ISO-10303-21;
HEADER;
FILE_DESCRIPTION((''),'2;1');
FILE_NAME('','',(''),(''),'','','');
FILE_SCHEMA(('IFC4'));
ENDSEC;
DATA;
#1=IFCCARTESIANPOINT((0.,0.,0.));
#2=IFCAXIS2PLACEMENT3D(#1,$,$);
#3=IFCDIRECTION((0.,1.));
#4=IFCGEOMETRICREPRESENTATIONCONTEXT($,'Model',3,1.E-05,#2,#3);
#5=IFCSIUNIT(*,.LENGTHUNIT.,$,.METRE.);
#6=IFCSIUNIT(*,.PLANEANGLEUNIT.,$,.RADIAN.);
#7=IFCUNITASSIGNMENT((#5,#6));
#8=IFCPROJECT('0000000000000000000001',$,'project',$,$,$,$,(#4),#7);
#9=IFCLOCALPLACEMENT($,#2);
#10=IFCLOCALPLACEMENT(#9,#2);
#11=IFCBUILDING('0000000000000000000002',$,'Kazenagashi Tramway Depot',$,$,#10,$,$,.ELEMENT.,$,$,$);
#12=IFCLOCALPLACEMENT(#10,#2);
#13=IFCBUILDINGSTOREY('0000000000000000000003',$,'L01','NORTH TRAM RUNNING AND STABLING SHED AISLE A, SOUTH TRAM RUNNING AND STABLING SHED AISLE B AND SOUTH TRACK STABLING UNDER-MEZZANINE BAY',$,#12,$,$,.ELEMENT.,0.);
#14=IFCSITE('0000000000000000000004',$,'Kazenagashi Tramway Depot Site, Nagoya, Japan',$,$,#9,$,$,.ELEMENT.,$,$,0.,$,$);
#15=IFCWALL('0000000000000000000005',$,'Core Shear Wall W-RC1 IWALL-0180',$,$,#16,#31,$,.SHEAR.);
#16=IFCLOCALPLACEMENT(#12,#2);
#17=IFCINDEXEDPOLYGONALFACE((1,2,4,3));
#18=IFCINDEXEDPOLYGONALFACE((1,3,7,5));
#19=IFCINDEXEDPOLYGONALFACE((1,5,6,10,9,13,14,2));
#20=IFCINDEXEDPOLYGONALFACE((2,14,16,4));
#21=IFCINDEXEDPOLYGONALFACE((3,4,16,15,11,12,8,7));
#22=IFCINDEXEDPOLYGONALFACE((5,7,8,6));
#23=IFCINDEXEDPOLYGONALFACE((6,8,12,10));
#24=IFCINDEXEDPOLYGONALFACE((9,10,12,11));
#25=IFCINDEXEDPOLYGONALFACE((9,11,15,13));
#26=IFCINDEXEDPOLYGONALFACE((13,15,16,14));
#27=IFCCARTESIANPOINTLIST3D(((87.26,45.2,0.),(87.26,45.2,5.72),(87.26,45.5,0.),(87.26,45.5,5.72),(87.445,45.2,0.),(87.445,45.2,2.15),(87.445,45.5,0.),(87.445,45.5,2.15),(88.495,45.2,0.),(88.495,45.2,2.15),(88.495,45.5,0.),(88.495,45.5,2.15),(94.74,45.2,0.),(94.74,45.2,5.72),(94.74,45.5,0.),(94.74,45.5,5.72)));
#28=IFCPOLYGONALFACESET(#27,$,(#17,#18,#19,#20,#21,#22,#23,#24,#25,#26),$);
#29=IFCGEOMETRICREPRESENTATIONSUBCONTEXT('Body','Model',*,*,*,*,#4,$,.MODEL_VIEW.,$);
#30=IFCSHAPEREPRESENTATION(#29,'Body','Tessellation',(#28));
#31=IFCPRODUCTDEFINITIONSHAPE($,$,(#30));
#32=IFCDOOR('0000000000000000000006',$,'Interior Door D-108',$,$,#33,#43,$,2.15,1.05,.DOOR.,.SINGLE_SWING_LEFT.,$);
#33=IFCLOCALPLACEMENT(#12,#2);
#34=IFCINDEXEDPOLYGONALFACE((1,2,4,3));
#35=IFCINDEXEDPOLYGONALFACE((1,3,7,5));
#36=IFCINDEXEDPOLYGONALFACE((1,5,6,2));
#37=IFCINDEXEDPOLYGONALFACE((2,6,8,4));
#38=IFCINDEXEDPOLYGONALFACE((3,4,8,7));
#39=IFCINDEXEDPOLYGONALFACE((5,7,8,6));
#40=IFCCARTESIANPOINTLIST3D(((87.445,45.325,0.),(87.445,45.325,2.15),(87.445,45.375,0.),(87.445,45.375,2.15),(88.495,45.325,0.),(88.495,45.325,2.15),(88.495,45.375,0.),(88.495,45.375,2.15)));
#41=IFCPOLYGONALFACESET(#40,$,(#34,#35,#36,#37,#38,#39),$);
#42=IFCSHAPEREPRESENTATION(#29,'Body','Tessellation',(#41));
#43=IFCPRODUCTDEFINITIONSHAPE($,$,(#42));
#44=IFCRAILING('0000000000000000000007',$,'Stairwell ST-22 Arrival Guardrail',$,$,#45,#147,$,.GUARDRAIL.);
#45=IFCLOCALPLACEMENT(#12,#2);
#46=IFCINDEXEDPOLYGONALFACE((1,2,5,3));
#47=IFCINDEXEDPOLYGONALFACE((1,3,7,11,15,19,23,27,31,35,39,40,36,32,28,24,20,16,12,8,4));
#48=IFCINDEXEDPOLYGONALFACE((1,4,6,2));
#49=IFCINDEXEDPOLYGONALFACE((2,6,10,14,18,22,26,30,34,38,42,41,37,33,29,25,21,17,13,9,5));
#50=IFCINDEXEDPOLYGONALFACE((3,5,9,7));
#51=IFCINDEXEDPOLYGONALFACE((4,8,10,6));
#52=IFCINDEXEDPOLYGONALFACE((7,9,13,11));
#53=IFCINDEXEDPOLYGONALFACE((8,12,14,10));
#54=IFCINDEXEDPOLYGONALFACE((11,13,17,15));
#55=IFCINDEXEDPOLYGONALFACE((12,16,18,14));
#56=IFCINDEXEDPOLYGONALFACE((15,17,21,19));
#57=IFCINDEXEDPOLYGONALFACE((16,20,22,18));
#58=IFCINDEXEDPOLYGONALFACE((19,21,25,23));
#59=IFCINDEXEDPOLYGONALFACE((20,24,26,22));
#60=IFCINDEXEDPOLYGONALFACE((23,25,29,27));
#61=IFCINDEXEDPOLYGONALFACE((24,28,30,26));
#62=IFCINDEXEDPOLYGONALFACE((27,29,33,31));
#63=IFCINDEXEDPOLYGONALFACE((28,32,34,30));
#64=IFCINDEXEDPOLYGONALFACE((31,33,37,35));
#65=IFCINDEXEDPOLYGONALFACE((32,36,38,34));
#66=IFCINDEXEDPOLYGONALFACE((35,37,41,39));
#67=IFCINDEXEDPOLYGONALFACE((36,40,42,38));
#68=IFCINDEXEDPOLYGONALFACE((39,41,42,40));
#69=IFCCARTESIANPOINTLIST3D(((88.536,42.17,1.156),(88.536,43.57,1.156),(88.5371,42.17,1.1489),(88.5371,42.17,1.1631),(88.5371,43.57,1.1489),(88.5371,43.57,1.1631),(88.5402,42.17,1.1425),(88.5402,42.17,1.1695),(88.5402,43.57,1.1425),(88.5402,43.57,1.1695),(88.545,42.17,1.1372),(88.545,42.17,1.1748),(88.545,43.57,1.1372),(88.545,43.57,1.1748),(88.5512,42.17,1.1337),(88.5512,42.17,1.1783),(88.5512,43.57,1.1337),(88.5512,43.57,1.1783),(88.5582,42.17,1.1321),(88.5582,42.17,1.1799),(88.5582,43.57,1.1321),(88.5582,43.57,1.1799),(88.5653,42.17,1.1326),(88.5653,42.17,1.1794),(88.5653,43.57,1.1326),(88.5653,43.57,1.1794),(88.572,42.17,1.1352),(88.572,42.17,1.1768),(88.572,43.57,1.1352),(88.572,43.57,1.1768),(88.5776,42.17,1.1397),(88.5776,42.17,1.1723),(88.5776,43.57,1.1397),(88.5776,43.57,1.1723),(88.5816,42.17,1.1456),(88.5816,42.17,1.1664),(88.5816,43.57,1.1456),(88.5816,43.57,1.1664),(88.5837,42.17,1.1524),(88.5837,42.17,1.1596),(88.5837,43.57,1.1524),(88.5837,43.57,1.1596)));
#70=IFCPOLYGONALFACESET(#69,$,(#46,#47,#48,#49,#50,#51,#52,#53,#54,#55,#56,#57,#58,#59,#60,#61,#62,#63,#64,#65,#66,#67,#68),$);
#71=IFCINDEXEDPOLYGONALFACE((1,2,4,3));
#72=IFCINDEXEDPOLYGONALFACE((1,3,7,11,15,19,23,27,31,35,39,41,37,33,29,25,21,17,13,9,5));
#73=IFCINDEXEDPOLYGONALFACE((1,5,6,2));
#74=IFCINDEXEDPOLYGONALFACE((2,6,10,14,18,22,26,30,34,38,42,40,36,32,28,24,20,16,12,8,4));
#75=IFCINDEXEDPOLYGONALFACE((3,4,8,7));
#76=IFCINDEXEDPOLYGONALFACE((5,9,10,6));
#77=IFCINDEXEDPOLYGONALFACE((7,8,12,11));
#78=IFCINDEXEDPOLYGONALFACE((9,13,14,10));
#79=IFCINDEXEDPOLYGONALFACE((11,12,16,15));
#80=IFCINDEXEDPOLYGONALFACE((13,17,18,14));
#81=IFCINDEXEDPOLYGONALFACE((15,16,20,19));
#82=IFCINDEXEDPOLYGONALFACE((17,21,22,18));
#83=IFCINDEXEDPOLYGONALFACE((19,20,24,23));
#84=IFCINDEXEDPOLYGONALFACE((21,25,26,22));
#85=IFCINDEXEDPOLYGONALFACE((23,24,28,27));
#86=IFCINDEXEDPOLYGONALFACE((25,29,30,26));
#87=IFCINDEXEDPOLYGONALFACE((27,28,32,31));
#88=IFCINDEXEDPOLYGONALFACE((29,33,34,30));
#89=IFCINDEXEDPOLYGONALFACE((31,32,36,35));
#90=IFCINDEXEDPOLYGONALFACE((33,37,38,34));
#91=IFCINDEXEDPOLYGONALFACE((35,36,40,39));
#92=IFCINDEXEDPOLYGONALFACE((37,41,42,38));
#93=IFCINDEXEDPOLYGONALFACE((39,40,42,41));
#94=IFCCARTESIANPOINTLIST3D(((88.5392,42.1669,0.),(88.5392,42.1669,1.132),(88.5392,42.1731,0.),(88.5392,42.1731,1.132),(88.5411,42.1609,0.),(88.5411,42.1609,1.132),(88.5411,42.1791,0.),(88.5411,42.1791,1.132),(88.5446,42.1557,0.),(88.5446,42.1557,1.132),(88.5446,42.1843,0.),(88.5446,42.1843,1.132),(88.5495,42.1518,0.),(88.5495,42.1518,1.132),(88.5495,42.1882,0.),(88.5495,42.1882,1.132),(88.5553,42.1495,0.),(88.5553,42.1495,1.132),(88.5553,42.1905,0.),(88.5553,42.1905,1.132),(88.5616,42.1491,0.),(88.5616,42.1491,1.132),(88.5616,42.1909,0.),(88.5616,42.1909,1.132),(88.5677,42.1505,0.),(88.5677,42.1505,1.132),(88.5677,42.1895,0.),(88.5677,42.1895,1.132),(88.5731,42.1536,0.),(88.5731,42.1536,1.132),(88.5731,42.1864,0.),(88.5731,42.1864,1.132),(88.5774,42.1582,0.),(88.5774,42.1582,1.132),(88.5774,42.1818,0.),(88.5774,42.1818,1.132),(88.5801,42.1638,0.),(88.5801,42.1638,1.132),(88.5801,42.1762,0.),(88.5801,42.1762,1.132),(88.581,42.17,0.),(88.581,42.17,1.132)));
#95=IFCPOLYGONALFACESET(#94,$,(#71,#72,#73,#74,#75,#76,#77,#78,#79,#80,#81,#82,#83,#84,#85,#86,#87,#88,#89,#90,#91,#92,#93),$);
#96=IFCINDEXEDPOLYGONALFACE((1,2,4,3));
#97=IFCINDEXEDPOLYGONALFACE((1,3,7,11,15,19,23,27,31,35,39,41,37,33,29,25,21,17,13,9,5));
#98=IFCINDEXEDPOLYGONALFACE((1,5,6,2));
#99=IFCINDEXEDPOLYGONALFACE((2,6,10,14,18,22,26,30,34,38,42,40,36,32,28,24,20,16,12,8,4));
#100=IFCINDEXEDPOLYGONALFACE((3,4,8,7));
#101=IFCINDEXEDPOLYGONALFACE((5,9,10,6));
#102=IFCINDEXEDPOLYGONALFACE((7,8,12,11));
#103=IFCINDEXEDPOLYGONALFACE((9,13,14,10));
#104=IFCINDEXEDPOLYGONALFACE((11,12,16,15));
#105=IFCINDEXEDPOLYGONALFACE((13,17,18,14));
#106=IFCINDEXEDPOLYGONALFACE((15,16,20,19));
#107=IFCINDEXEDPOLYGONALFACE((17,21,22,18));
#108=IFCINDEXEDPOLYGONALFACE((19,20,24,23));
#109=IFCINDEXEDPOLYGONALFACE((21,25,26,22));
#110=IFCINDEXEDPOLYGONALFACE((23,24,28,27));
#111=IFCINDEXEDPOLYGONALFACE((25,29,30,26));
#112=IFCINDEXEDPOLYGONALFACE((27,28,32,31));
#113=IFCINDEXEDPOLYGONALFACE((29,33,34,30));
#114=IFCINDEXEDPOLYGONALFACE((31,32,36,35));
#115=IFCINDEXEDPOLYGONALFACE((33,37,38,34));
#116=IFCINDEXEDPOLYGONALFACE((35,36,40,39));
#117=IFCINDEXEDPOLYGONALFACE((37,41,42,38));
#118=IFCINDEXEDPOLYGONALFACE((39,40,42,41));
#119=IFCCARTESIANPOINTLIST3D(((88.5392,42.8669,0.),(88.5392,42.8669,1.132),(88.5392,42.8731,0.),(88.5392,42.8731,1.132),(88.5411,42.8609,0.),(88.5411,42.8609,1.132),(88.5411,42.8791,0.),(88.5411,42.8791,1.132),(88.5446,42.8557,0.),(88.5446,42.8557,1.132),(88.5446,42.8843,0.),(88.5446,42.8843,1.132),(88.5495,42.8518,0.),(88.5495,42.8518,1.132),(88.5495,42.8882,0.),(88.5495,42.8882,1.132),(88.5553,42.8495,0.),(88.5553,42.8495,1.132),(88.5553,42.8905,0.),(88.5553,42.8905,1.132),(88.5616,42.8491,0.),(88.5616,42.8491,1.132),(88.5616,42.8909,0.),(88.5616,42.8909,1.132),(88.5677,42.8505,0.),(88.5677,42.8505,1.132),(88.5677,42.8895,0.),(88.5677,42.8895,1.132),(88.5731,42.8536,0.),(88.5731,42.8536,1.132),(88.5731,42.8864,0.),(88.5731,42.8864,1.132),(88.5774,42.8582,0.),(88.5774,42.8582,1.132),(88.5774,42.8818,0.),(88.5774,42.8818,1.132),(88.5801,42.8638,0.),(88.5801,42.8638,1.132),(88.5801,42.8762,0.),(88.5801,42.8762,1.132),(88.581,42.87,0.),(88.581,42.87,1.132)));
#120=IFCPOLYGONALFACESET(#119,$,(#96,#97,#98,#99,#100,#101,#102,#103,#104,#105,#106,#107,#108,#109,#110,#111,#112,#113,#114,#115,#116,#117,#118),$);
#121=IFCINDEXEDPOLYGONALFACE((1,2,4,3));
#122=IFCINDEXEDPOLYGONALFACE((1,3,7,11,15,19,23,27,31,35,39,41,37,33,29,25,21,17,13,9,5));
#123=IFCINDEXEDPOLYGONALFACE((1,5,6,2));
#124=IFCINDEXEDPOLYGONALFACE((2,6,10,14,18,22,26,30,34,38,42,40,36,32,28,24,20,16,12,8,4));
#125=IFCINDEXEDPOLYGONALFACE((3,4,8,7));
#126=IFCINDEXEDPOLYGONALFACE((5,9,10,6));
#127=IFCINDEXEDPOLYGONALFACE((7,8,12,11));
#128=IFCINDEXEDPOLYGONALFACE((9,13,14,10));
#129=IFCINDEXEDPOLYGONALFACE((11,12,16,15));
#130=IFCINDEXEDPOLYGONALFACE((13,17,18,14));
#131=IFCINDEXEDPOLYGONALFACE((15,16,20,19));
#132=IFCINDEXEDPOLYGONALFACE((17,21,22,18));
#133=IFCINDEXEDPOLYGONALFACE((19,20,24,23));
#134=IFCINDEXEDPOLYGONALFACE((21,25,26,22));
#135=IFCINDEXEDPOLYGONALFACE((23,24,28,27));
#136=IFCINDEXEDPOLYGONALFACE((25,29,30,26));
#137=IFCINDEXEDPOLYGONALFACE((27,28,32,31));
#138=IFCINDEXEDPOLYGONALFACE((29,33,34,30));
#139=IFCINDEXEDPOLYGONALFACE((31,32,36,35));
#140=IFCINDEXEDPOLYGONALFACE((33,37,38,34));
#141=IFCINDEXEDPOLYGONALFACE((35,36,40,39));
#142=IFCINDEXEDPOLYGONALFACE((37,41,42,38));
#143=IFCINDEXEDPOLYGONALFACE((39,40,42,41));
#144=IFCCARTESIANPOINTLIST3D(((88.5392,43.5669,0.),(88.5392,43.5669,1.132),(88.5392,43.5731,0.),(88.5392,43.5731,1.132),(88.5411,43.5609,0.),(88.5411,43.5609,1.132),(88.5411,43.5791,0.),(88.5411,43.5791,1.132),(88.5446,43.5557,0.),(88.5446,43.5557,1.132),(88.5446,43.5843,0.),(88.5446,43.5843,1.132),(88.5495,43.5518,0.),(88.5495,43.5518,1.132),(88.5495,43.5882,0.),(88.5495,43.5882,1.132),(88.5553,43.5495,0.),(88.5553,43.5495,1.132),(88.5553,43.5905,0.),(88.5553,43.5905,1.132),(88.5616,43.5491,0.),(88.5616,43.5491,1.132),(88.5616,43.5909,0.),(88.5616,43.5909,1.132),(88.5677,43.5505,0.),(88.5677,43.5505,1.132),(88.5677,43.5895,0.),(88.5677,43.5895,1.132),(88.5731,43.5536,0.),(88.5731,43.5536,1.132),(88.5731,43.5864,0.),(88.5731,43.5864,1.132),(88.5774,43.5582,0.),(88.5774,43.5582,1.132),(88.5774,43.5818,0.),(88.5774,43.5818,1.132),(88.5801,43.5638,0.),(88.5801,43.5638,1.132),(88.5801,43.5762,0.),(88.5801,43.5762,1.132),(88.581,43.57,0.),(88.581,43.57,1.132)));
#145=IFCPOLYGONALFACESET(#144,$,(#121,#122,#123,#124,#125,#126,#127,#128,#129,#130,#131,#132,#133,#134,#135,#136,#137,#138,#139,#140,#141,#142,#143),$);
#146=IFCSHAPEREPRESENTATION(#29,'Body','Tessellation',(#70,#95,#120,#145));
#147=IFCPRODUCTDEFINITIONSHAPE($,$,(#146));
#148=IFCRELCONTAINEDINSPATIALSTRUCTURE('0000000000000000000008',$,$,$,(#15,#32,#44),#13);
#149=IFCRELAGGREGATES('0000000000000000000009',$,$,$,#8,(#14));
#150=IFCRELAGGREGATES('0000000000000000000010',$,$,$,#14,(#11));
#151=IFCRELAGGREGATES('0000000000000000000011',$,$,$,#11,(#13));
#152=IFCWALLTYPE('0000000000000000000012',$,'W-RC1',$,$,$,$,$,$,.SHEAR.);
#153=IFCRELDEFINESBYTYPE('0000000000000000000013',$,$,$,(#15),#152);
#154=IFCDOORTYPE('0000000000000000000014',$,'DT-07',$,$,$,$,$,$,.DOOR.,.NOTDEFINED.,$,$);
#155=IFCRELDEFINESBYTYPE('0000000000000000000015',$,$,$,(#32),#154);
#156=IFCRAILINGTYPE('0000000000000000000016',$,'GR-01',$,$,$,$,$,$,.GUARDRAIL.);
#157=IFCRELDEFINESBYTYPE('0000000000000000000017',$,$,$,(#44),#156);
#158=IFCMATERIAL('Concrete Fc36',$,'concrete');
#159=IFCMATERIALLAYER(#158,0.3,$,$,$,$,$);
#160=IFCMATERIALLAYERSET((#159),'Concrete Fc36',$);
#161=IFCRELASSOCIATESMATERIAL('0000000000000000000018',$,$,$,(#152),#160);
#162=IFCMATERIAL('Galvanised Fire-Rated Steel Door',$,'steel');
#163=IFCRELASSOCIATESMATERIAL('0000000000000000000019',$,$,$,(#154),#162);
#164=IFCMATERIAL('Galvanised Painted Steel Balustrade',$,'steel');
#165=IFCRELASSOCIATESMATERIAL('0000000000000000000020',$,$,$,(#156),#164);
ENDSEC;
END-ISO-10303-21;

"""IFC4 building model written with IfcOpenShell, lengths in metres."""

from ifc_helpers import new_model, si_unit, direction, frame, frame_2d, origin, origin_2d, place, context, subcontext, project, spatial, rectangle, circle, extrude, material, layer, layer_set, type_object, element, fill, save


model = new_model("IFC4")

# Units and contexts
model_context = context("Model", 3, precision=1e-05, world=origin(), true_north=direction((0.0, 1.0)))
body_context = subcontext(model_context, "Body", "Model", "MODEL_VIEW")
ifc_project = project(units=[si_unit("LENGTHUNIT", "METRE"), si_unit("PLANEANGLEUNIT", "RADIAN")], contexts=[model_context])

# Site, building, storey
site_placement = place(None, origin())
site = spatial("IfcSite", under=ifc_project, at=site_placement, Name="Kazenagashi Tramway Depot Site, Nagoya, Japan", CompositionType="ELEMENT", RefElevation=0.0)
building_placement = place(site_placement, origin())
building = spatial("IfcBuilding", under=site, at=building_placement, Name="Kazenagashi Tramway Depot", CompositionType="ELEMENT")
storey_placement = place(building_placement, origin())
storey = spatial("IfcBuildingStorey", under=building, at=storey_placement, Name="L01", Description="NORTH TRAM RUNNING AND STABLING SHED AISLE A, SOUTH TRAM RUNNING AND STABLING SHED AISLE B AND SOUTH TRACK STABLING UNDER-MEZZANINE BAY", CompositionType="ELEMENT", Elevation=0.0)

# Shared definitions
ifc_material_1 = material(Name="Concrete Fc36", Category="concrete")
ifc_layer_1 = layer(ifc_material_1, 0.3)
ifc_layer_set_1 = layer_set([ifc_layer_1], Name="Concrete Fc36")
wall_type_1 = type_object("IfcWallType", Name="W-RC1", PredefinedType="SHEAR", material=ifc_layer_set_1)

# Shared definitions
ifc_material_2 = material(Name="Galvanised Fire-Rated Steel Door", Category="steel")

# Wall, opening, door
wall_1_placement = place(storey_placement, frame((87.26, 45.35, 0.0), z_axis=(0.0, 0.0, 1.0), x_axis=(1.0, 0.0, 0.0)))
wall_1 = element("IfcWall", 1, at=wall_1_placement, inside=storey, type_object=wall_type_1, Name="Core Shear Wall W-RC1 IWALL-0180", PredefinedType="SHEAR", context=body_context, shape_type="SweptSolid", body=[
    extrude(rectangle(XDim=7.48, YDim=0.3, at=frame_2d((3.74, 0.0))), origin(), (0.0, 0.0, 1.0), 5.72),
])
opening_1_placement = place(wall_1_placement, frame((0.185, 0.0, 0.0)))
opening_1 = element("IfcOpeningElement", 2, at=opening_1_placement, cuts=wall_1, PredefinedType="OPENING", context=body_context, shape_type="SweptSolid", body=[
    extrude(rectangle(XDim=1.05, YDim=2.15, at=frame_2d((0.525, 1.075))), frame((0.0, 0.16, 0.0), z_axis=(0.0, -1.0, 0.0), x_axis=(1.0, 0.0, 0.0)), (0.0, 0.0, 1.0), 0.32),
])
door_type_1 = type_object("IfcDoorType", Name="DT-07", OperationType="NOTDEFINED", PredefinedType="DOOR", material=ifc_material_2)
door_1_placement = place(opening_1_placement, origin())
door_1 = element("IfcDoor", 3, at=door_1_placement, inside=storey, type_object=door_type_1, Name="Interior Door D-108", OperationType="SINGLE_SWING_LEFT", OverallHeight=2.15, OverallWidth=1.05, PredefinedType="DOOR", context=body_context, shape_type="SweptSolid", body=[
    extrude(rectangle(XDim=1.05, YDim=2.15, at=frame_2d((0.525, 1.075))), frame((0.0, 0.025, 0.0), z_axis=(0.0, -1.0, 0.0), x_axis=(1.0, 0.0, 0.0)), (0.0, 0.0, 1.0), 0.05),
])
fill(opening_1, door_1)

# Railing
ifc_material_3 = material(Name="Galvanised Painted Steel Balustrade", Category="steel")
railing_type = type_object("IfcRailingType", Name="GR-01", PredefinedType="GUARDRAIL", material=ifc_material_3)
railing_placement = place(storey_placement, frame((88.56, 42.17, 0.0)))
element("IfcRailing", 4, at=railing_placement, inside=storey, type_object=railing_type, Name="Stairwell ST-22 Arrival Guardrail", PredefinedType="GUARDRAIL", context=body_context, shape_type="SweptSolid", body=[
    extrude(circle(Radius=0.024, at=origin_2d()), frame((0.0, 0.0, 1.156), z_axis=(0.0, 1.0, 0.0), x_axis=(-1.0, 0.0, 0.0)), (0.0, 0.0, 1.0), 1.4),
    extrude(circle(Radius=0.021, at=origin_2d()), origin(), (0.0, 0.0, 1.0), 1.132),
    extrude(circle(Radius=0.021, at=origin_2d()), frame((0.0, 0.7, 0.0)), (0.0, 0.0, 1.0), 1.132),
    extrude(circle(Radius=0.021, at=origin_2d()), frame((0.0, 1.4, 0.0)), (0.0, 0.0, 1.0), 1.132),
])

save(model, "model.ifc")
